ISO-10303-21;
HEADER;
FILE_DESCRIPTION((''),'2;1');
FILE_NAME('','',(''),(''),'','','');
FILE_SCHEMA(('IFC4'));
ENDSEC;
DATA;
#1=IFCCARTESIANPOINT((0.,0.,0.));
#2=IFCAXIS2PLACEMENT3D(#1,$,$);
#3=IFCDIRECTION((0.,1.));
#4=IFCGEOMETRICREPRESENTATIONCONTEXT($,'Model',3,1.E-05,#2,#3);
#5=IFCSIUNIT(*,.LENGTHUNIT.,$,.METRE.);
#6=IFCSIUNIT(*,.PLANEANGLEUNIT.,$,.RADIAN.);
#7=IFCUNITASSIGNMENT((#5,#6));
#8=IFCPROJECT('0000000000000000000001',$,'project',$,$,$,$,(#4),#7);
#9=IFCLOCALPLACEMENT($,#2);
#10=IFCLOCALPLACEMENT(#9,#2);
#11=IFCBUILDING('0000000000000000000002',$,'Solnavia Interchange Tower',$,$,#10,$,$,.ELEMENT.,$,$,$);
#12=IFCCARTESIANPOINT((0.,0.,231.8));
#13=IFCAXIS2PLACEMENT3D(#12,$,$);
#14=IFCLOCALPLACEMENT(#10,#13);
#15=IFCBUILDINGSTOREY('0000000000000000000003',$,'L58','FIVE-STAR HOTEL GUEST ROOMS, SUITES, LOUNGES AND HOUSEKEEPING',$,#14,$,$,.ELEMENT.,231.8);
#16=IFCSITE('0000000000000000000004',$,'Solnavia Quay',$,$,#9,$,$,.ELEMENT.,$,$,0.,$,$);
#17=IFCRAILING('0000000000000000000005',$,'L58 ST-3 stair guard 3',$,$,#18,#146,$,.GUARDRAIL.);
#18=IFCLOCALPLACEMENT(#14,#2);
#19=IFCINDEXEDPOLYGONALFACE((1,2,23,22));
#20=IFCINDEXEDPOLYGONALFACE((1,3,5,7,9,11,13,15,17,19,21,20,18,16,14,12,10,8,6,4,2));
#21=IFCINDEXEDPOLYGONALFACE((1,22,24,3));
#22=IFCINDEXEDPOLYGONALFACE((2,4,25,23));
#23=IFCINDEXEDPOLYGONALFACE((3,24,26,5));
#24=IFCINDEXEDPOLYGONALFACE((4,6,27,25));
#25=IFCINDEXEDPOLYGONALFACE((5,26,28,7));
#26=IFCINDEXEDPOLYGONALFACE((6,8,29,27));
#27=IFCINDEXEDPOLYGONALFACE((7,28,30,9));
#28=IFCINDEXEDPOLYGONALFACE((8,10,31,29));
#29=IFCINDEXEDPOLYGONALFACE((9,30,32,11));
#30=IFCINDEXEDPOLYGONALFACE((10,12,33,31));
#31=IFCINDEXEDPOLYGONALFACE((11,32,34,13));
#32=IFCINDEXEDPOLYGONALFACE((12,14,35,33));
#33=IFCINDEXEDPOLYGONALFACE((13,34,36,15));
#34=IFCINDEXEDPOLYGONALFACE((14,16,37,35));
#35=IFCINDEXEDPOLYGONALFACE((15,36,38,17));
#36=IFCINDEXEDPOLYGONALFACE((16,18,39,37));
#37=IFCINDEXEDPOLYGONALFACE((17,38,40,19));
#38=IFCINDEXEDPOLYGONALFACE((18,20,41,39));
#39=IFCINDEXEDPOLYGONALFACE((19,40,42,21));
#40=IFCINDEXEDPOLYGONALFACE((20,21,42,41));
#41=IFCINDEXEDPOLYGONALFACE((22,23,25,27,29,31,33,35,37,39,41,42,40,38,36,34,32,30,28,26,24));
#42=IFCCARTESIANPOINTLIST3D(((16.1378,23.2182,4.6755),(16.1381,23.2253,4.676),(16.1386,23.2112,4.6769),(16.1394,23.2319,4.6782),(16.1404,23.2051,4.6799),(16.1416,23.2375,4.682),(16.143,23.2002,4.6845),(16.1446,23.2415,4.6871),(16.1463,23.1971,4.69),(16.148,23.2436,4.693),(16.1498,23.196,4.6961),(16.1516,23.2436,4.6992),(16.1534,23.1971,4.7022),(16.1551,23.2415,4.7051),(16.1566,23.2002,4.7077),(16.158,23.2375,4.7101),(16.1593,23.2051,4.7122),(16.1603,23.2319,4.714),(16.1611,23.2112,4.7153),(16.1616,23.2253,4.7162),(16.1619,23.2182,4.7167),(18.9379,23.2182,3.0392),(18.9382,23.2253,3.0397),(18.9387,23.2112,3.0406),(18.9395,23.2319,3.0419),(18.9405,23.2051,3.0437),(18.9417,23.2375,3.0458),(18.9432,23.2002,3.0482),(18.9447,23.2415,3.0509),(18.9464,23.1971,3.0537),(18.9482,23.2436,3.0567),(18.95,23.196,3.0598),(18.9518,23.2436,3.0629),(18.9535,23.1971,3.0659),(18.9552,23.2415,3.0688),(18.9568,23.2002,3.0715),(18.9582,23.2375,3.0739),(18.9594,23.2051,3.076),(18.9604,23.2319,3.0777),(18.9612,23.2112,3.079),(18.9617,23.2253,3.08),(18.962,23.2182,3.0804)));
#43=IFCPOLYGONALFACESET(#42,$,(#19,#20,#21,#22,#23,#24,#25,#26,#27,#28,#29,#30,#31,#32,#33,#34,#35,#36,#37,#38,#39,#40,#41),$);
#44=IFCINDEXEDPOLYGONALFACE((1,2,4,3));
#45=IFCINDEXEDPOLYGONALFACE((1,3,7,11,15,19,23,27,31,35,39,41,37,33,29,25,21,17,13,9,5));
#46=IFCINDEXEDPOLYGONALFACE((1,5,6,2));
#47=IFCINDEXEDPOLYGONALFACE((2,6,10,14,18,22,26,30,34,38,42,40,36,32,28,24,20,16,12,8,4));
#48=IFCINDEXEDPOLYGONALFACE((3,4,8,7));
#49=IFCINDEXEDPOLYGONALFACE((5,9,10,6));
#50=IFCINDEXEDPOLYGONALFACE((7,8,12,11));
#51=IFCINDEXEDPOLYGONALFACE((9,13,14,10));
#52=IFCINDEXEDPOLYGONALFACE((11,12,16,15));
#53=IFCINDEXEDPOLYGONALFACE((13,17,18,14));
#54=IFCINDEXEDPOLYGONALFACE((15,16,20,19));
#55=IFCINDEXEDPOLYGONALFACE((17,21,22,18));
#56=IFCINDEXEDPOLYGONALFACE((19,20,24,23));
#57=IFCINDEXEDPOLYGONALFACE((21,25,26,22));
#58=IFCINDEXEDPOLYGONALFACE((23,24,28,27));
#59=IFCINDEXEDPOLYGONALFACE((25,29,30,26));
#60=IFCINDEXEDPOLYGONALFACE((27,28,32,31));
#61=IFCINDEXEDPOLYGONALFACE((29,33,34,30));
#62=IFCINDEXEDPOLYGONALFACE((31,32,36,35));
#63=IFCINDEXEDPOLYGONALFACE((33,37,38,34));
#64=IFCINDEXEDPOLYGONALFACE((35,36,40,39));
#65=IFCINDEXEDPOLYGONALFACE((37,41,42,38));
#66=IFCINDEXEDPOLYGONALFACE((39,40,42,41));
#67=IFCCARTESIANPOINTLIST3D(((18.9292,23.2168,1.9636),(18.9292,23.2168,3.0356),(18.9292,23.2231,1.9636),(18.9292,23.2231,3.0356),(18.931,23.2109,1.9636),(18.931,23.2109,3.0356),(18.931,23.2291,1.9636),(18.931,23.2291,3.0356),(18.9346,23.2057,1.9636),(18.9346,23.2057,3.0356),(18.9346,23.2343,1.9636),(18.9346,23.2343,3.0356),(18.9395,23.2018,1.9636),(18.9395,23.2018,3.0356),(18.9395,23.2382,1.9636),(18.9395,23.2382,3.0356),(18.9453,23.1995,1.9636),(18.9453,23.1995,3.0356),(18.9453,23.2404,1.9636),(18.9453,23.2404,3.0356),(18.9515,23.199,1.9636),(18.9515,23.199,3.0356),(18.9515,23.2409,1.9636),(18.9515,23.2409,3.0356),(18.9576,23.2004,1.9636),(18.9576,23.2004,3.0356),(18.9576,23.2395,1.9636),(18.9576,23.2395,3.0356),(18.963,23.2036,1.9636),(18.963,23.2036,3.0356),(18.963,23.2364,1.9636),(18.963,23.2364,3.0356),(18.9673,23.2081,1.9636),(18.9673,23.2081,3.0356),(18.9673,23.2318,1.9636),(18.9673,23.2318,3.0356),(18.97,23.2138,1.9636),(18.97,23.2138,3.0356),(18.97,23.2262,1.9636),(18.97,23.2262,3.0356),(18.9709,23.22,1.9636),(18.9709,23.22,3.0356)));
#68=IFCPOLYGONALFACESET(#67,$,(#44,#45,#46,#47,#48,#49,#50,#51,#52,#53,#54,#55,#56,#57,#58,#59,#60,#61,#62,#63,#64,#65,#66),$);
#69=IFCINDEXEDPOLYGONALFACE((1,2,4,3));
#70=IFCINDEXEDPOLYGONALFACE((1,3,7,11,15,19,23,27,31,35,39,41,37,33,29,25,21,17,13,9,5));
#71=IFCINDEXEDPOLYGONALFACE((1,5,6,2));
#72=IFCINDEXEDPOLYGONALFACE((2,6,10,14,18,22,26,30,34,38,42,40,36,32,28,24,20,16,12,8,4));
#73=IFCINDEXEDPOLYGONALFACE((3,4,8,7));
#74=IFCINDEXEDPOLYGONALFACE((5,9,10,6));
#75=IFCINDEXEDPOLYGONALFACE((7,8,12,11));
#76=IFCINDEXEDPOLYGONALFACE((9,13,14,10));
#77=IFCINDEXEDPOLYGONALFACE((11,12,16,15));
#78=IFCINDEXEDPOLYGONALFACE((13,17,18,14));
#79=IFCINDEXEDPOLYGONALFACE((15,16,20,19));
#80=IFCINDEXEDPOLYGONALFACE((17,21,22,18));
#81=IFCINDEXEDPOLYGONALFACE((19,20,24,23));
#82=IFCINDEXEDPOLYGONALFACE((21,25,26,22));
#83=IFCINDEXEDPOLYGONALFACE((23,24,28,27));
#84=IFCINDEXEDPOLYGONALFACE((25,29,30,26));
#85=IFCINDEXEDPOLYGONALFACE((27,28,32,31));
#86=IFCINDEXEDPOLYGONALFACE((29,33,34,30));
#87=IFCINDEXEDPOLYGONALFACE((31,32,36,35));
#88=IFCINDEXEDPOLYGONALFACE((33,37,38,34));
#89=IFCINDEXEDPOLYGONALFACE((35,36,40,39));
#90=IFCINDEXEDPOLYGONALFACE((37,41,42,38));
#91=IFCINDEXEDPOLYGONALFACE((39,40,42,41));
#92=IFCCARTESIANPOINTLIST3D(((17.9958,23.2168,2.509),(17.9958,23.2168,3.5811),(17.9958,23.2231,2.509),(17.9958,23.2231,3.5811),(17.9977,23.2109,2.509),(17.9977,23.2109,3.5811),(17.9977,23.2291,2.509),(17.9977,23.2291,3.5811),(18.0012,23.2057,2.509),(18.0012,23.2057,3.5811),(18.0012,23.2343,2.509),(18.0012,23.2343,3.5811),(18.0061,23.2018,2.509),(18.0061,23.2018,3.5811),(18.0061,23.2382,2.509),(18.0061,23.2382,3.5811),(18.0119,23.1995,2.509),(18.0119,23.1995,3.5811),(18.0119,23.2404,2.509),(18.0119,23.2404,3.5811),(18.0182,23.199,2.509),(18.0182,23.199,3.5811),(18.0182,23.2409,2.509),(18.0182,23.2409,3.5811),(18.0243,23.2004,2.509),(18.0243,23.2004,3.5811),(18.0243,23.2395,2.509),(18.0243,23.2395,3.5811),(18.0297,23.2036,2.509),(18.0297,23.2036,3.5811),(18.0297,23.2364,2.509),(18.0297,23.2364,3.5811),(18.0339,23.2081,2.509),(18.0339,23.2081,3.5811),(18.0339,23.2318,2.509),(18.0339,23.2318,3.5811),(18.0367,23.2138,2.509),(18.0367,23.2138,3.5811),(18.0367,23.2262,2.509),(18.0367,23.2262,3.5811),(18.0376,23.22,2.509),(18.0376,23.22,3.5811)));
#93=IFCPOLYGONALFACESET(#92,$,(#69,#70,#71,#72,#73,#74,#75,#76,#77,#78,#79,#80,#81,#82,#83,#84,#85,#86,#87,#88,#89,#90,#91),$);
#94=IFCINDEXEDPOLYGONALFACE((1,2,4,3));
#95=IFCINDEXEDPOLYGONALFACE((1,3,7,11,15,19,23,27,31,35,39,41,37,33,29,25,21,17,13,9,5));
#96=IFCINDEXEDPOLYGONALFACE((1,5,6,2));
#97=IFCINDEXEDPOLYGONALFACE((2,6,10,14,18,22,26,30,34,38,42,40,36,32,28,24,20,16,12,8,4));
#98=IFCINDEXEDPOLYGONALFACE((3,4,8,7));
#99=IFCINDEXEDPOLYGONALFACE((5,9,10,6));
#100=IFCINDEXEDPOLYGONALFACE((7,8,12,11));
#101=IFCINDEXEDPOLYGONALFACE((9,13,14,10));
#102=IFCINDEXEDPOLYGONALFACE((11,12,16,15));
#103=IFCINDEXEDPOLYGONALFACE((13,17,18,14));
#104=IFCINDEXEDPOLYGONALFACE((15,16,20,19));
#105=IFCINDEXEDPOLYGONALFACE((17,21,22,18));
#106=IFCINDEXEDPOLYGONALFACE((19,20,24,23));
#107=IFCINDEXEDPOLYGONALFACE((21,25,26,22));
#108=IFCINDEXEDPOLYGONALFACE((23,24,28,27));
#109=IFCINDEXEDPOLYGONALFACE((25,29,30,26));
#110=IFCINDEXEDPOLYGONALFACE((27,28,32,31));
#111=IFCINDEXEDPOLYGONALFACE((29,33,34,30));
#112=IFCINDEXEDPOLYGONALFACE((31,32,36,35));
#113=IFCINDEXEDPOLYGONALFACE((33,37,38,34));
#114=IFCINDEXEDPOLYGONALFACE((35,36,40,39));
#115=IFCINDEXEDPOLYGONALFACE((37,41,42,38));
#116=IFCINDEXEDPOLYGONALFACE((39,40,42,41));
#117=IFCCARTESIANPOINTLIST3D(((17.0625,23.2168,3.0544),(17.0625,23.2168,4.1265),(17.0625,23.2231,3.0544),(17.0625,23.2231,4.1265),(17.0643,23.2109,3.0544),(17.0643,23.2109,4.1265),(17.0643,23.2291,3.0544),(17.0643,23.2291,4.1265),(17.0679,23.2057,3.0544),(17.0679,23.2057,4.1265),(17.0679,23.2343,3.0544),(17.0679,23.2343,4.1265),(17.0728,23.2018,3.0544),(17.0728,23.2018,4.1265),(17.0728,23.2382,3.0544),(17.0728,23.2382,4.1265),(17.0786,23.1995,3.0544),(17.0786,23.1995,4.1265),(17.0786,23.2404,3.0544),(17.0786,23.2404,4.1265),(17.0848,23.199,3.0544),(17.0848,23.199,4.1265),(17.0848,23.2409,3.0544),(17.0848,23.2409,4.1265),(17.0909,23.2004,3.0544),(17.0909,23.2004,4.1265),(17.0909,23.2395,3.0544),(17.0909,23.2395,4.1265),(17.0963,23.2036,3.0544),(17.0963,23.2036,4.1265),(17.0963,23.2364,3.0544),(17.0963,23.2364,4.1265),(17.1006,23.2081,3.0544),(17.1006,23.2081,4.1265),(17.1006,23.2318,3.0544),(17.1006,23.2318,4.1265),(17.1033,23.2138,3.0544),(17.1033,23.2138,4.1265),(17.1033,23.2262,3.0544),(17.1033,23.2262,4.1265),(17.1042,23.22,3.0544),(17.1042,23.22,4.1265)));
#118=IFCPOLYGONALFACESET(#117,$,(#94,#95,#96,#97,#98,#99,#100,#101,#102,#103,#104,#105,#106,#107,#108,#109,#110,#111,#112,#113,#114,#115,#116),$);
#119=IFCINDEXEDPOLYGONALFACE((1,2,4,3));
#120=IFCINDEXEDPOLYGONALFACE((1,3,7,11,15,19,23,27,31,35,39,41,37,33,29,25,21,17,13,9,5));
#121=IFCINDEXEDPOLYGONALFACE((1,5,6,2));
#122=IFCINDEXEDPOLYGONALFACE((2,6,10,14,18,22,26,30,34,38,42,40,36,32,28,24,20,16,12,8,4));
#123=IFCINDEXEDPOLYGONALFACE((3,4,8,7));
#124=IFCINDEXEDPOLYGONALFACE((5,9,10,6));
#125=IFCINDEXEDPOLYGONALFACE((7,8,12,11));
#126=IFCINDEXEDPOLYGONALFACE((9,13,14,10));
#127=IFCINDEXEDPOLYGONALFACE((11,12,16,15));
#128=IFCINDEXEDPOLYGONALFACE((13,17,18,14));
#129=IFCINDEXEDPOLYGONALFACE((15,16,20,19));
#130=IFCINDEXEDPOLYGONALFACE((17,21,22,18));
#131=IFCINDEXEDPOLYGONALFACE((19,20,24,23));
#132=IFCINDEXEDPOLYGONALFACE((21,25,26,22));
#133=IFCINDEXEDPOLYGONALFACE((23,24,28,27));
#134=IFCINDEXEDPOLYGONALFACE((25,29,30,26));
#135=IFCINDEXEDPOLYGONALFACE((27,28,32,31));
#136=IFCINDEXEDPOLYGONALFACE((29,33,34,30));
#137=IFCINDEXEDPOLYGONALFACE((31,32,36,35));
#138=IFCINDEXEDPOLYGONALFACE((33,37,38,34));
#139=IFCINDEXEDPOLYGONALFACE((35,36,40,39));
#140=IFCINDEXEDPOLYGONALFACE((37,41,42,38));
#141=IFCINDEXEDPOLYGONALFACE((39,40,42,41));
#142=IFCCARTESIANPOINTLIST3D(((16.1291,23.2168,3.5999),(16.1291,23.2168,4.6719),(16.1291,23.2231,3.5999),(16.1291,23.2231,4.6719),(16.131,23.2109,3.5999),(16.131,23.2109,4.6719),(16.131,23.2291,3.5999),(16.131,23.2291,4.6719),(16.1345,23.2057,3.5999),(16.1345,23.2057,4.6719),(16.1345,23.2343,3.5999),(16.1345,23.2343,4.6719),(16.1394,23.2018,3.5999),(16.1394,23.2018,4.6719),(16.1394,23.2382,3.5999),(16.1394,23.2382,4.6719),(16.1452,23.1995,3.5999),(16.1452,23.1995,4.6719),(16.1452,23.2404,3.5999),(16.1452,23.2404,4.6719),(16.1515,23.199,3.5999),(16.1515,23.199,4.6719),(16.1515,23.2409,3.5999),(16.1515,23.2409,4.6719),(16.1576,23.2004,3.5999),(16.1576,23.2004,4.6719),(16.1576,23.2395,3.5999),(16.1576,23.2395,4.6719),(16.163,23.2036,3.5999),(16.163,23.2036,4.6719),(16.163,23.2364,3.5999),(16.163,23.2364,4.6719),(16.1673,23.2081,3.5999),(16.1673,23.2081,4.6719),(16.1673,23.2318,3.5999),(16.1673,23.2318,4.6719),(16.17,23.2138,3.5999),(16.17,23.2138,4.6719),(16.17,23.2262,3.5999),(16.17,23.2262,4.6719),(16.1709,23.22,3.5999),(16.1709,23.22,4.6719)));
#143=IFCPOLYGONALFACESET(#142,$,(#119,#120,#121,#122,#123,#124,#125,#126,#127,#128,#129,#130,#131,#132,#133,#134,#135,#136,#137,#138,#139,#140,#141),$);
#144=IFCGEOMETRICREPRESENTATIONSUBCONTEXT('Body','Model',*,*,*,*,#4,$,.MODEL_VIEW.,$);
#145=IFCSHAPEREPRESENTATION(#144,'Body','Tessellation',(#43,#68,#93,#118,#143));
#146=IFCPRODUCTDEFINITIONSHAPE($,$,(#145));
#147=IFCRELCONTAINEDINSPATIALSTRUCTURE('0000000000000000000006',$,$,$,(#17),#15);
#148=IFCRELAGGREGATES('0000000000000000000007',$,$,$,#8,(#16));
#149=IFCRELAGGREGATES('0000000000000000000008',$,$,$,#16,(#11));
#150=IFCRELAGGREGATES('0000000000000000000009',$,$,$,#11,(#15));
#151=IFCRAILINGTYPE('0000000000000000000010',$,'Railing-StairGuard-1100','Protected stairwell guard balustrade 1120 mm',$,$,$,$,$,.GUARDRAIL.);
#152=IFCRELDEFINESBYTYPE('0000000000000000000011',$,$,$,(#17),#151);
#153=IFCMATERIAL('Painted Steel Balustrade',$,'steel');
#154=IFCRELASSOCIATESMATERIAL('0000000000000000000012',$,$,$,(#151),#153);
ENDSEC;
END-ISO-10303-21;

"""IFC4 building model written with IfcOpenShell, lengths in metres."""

from ifc_helpers import new_model, si_unit, direction, frame, origin, origin_2d, place, context, subcontext, project, spatial, circle, extrude, material, type_object, element, save


model = new_model("IFC4")

# Units and contexts
model_context = context("Model", 3, precision=1e-05, world=origin(), true_north=direction((0.0, 1.0)))
body_context = subcontext(model_context, "Body", "Model", "MODEL_VIEW")
ifc_project = project(units=[si_unit("LENGTHUNIT", "METRE"), si_unit("PLANEANGLEUNIT", "RADIAN")], contexts=[model_context])

# Site, building, storey
site_placement = place(None, origin())
site = spatial("IfcSite", under=ifc_project, at=site_placement, Name="Solnavia Quay", CompositionType="ELEMENT", RefElevation=0.0)
building_placement = place(site_placement, origin())
building = spatial("IfcBuilding", under=site, at=building_placement, Name="Solnavia Interchange Tower", CompositionType="ELEMENT")
storey_placement = place(building_placement, frame((0.0, 0.0, 231.8)))
storey = spatial("IfcBuildingStorey", under=building, at=storey_placement, Name="L58", Description="FIVE-STAR HOTEL GUEST ROOMS, SUITES, LOUNGES AND HOUSEKEEPING", CompositionType="ELEMENT", Elevation=231.8)

# Railing
ifc_material_1 = material(Name="Painted Steel Balustrade", Category="steel")
railing_type_1 = type_object("IfcRailingType", Name="Railing-StairGuard-1100", Description="Protected stairwell guard balustrade 1120 mm", PredefinedType="GUARDRAIL", material=ifc_material_1)
railing_1_placement = place(storey_placement, frame((18.95, 23.22, 1.9636)))
element("IfcRailing", 1, at=railing_1_placement, inside=storey, type_object=railing_type_1, Name="L58 ST-3 stair guard 3", PredefinedType="GUARDRAIL", context=body_context, shape_type="SweptSolid", body=[
    extrude(circle(Radius=0.0239, at=origin_2d()), frame((0.0, 0.0, 1.0962), z_axis=(-0.863394, 0.0, 0.504531), x_axis=(0.0, -1.0, 0.0)), (0.0, 0.0, 1.0), 3.2432),
    extrude(circle(Radius=0.021, at=origin_2d()), origin(), (0.0, 0.0, 1.0), 1.072),
    extrude(circle(Radius=0.021, at=origin_2d()), frame((-0.9333, 0.0, 0.5454)), (0.0, 0.0, 1.0), 1.072),
    extrude(circle(Radius=0.021, at=origin_2d()), frame((-1.8667, 0.0, 1.0908)), (0.0, 0.0, 1.0), 1.072),
    extrude(circle(Radius=0.021, at=origin_2d()), frame((-2.8, 0.0, 1.6362)), (0.0, 0.0, 1.0), 1.072),
])

save(model, "model.ifc")
